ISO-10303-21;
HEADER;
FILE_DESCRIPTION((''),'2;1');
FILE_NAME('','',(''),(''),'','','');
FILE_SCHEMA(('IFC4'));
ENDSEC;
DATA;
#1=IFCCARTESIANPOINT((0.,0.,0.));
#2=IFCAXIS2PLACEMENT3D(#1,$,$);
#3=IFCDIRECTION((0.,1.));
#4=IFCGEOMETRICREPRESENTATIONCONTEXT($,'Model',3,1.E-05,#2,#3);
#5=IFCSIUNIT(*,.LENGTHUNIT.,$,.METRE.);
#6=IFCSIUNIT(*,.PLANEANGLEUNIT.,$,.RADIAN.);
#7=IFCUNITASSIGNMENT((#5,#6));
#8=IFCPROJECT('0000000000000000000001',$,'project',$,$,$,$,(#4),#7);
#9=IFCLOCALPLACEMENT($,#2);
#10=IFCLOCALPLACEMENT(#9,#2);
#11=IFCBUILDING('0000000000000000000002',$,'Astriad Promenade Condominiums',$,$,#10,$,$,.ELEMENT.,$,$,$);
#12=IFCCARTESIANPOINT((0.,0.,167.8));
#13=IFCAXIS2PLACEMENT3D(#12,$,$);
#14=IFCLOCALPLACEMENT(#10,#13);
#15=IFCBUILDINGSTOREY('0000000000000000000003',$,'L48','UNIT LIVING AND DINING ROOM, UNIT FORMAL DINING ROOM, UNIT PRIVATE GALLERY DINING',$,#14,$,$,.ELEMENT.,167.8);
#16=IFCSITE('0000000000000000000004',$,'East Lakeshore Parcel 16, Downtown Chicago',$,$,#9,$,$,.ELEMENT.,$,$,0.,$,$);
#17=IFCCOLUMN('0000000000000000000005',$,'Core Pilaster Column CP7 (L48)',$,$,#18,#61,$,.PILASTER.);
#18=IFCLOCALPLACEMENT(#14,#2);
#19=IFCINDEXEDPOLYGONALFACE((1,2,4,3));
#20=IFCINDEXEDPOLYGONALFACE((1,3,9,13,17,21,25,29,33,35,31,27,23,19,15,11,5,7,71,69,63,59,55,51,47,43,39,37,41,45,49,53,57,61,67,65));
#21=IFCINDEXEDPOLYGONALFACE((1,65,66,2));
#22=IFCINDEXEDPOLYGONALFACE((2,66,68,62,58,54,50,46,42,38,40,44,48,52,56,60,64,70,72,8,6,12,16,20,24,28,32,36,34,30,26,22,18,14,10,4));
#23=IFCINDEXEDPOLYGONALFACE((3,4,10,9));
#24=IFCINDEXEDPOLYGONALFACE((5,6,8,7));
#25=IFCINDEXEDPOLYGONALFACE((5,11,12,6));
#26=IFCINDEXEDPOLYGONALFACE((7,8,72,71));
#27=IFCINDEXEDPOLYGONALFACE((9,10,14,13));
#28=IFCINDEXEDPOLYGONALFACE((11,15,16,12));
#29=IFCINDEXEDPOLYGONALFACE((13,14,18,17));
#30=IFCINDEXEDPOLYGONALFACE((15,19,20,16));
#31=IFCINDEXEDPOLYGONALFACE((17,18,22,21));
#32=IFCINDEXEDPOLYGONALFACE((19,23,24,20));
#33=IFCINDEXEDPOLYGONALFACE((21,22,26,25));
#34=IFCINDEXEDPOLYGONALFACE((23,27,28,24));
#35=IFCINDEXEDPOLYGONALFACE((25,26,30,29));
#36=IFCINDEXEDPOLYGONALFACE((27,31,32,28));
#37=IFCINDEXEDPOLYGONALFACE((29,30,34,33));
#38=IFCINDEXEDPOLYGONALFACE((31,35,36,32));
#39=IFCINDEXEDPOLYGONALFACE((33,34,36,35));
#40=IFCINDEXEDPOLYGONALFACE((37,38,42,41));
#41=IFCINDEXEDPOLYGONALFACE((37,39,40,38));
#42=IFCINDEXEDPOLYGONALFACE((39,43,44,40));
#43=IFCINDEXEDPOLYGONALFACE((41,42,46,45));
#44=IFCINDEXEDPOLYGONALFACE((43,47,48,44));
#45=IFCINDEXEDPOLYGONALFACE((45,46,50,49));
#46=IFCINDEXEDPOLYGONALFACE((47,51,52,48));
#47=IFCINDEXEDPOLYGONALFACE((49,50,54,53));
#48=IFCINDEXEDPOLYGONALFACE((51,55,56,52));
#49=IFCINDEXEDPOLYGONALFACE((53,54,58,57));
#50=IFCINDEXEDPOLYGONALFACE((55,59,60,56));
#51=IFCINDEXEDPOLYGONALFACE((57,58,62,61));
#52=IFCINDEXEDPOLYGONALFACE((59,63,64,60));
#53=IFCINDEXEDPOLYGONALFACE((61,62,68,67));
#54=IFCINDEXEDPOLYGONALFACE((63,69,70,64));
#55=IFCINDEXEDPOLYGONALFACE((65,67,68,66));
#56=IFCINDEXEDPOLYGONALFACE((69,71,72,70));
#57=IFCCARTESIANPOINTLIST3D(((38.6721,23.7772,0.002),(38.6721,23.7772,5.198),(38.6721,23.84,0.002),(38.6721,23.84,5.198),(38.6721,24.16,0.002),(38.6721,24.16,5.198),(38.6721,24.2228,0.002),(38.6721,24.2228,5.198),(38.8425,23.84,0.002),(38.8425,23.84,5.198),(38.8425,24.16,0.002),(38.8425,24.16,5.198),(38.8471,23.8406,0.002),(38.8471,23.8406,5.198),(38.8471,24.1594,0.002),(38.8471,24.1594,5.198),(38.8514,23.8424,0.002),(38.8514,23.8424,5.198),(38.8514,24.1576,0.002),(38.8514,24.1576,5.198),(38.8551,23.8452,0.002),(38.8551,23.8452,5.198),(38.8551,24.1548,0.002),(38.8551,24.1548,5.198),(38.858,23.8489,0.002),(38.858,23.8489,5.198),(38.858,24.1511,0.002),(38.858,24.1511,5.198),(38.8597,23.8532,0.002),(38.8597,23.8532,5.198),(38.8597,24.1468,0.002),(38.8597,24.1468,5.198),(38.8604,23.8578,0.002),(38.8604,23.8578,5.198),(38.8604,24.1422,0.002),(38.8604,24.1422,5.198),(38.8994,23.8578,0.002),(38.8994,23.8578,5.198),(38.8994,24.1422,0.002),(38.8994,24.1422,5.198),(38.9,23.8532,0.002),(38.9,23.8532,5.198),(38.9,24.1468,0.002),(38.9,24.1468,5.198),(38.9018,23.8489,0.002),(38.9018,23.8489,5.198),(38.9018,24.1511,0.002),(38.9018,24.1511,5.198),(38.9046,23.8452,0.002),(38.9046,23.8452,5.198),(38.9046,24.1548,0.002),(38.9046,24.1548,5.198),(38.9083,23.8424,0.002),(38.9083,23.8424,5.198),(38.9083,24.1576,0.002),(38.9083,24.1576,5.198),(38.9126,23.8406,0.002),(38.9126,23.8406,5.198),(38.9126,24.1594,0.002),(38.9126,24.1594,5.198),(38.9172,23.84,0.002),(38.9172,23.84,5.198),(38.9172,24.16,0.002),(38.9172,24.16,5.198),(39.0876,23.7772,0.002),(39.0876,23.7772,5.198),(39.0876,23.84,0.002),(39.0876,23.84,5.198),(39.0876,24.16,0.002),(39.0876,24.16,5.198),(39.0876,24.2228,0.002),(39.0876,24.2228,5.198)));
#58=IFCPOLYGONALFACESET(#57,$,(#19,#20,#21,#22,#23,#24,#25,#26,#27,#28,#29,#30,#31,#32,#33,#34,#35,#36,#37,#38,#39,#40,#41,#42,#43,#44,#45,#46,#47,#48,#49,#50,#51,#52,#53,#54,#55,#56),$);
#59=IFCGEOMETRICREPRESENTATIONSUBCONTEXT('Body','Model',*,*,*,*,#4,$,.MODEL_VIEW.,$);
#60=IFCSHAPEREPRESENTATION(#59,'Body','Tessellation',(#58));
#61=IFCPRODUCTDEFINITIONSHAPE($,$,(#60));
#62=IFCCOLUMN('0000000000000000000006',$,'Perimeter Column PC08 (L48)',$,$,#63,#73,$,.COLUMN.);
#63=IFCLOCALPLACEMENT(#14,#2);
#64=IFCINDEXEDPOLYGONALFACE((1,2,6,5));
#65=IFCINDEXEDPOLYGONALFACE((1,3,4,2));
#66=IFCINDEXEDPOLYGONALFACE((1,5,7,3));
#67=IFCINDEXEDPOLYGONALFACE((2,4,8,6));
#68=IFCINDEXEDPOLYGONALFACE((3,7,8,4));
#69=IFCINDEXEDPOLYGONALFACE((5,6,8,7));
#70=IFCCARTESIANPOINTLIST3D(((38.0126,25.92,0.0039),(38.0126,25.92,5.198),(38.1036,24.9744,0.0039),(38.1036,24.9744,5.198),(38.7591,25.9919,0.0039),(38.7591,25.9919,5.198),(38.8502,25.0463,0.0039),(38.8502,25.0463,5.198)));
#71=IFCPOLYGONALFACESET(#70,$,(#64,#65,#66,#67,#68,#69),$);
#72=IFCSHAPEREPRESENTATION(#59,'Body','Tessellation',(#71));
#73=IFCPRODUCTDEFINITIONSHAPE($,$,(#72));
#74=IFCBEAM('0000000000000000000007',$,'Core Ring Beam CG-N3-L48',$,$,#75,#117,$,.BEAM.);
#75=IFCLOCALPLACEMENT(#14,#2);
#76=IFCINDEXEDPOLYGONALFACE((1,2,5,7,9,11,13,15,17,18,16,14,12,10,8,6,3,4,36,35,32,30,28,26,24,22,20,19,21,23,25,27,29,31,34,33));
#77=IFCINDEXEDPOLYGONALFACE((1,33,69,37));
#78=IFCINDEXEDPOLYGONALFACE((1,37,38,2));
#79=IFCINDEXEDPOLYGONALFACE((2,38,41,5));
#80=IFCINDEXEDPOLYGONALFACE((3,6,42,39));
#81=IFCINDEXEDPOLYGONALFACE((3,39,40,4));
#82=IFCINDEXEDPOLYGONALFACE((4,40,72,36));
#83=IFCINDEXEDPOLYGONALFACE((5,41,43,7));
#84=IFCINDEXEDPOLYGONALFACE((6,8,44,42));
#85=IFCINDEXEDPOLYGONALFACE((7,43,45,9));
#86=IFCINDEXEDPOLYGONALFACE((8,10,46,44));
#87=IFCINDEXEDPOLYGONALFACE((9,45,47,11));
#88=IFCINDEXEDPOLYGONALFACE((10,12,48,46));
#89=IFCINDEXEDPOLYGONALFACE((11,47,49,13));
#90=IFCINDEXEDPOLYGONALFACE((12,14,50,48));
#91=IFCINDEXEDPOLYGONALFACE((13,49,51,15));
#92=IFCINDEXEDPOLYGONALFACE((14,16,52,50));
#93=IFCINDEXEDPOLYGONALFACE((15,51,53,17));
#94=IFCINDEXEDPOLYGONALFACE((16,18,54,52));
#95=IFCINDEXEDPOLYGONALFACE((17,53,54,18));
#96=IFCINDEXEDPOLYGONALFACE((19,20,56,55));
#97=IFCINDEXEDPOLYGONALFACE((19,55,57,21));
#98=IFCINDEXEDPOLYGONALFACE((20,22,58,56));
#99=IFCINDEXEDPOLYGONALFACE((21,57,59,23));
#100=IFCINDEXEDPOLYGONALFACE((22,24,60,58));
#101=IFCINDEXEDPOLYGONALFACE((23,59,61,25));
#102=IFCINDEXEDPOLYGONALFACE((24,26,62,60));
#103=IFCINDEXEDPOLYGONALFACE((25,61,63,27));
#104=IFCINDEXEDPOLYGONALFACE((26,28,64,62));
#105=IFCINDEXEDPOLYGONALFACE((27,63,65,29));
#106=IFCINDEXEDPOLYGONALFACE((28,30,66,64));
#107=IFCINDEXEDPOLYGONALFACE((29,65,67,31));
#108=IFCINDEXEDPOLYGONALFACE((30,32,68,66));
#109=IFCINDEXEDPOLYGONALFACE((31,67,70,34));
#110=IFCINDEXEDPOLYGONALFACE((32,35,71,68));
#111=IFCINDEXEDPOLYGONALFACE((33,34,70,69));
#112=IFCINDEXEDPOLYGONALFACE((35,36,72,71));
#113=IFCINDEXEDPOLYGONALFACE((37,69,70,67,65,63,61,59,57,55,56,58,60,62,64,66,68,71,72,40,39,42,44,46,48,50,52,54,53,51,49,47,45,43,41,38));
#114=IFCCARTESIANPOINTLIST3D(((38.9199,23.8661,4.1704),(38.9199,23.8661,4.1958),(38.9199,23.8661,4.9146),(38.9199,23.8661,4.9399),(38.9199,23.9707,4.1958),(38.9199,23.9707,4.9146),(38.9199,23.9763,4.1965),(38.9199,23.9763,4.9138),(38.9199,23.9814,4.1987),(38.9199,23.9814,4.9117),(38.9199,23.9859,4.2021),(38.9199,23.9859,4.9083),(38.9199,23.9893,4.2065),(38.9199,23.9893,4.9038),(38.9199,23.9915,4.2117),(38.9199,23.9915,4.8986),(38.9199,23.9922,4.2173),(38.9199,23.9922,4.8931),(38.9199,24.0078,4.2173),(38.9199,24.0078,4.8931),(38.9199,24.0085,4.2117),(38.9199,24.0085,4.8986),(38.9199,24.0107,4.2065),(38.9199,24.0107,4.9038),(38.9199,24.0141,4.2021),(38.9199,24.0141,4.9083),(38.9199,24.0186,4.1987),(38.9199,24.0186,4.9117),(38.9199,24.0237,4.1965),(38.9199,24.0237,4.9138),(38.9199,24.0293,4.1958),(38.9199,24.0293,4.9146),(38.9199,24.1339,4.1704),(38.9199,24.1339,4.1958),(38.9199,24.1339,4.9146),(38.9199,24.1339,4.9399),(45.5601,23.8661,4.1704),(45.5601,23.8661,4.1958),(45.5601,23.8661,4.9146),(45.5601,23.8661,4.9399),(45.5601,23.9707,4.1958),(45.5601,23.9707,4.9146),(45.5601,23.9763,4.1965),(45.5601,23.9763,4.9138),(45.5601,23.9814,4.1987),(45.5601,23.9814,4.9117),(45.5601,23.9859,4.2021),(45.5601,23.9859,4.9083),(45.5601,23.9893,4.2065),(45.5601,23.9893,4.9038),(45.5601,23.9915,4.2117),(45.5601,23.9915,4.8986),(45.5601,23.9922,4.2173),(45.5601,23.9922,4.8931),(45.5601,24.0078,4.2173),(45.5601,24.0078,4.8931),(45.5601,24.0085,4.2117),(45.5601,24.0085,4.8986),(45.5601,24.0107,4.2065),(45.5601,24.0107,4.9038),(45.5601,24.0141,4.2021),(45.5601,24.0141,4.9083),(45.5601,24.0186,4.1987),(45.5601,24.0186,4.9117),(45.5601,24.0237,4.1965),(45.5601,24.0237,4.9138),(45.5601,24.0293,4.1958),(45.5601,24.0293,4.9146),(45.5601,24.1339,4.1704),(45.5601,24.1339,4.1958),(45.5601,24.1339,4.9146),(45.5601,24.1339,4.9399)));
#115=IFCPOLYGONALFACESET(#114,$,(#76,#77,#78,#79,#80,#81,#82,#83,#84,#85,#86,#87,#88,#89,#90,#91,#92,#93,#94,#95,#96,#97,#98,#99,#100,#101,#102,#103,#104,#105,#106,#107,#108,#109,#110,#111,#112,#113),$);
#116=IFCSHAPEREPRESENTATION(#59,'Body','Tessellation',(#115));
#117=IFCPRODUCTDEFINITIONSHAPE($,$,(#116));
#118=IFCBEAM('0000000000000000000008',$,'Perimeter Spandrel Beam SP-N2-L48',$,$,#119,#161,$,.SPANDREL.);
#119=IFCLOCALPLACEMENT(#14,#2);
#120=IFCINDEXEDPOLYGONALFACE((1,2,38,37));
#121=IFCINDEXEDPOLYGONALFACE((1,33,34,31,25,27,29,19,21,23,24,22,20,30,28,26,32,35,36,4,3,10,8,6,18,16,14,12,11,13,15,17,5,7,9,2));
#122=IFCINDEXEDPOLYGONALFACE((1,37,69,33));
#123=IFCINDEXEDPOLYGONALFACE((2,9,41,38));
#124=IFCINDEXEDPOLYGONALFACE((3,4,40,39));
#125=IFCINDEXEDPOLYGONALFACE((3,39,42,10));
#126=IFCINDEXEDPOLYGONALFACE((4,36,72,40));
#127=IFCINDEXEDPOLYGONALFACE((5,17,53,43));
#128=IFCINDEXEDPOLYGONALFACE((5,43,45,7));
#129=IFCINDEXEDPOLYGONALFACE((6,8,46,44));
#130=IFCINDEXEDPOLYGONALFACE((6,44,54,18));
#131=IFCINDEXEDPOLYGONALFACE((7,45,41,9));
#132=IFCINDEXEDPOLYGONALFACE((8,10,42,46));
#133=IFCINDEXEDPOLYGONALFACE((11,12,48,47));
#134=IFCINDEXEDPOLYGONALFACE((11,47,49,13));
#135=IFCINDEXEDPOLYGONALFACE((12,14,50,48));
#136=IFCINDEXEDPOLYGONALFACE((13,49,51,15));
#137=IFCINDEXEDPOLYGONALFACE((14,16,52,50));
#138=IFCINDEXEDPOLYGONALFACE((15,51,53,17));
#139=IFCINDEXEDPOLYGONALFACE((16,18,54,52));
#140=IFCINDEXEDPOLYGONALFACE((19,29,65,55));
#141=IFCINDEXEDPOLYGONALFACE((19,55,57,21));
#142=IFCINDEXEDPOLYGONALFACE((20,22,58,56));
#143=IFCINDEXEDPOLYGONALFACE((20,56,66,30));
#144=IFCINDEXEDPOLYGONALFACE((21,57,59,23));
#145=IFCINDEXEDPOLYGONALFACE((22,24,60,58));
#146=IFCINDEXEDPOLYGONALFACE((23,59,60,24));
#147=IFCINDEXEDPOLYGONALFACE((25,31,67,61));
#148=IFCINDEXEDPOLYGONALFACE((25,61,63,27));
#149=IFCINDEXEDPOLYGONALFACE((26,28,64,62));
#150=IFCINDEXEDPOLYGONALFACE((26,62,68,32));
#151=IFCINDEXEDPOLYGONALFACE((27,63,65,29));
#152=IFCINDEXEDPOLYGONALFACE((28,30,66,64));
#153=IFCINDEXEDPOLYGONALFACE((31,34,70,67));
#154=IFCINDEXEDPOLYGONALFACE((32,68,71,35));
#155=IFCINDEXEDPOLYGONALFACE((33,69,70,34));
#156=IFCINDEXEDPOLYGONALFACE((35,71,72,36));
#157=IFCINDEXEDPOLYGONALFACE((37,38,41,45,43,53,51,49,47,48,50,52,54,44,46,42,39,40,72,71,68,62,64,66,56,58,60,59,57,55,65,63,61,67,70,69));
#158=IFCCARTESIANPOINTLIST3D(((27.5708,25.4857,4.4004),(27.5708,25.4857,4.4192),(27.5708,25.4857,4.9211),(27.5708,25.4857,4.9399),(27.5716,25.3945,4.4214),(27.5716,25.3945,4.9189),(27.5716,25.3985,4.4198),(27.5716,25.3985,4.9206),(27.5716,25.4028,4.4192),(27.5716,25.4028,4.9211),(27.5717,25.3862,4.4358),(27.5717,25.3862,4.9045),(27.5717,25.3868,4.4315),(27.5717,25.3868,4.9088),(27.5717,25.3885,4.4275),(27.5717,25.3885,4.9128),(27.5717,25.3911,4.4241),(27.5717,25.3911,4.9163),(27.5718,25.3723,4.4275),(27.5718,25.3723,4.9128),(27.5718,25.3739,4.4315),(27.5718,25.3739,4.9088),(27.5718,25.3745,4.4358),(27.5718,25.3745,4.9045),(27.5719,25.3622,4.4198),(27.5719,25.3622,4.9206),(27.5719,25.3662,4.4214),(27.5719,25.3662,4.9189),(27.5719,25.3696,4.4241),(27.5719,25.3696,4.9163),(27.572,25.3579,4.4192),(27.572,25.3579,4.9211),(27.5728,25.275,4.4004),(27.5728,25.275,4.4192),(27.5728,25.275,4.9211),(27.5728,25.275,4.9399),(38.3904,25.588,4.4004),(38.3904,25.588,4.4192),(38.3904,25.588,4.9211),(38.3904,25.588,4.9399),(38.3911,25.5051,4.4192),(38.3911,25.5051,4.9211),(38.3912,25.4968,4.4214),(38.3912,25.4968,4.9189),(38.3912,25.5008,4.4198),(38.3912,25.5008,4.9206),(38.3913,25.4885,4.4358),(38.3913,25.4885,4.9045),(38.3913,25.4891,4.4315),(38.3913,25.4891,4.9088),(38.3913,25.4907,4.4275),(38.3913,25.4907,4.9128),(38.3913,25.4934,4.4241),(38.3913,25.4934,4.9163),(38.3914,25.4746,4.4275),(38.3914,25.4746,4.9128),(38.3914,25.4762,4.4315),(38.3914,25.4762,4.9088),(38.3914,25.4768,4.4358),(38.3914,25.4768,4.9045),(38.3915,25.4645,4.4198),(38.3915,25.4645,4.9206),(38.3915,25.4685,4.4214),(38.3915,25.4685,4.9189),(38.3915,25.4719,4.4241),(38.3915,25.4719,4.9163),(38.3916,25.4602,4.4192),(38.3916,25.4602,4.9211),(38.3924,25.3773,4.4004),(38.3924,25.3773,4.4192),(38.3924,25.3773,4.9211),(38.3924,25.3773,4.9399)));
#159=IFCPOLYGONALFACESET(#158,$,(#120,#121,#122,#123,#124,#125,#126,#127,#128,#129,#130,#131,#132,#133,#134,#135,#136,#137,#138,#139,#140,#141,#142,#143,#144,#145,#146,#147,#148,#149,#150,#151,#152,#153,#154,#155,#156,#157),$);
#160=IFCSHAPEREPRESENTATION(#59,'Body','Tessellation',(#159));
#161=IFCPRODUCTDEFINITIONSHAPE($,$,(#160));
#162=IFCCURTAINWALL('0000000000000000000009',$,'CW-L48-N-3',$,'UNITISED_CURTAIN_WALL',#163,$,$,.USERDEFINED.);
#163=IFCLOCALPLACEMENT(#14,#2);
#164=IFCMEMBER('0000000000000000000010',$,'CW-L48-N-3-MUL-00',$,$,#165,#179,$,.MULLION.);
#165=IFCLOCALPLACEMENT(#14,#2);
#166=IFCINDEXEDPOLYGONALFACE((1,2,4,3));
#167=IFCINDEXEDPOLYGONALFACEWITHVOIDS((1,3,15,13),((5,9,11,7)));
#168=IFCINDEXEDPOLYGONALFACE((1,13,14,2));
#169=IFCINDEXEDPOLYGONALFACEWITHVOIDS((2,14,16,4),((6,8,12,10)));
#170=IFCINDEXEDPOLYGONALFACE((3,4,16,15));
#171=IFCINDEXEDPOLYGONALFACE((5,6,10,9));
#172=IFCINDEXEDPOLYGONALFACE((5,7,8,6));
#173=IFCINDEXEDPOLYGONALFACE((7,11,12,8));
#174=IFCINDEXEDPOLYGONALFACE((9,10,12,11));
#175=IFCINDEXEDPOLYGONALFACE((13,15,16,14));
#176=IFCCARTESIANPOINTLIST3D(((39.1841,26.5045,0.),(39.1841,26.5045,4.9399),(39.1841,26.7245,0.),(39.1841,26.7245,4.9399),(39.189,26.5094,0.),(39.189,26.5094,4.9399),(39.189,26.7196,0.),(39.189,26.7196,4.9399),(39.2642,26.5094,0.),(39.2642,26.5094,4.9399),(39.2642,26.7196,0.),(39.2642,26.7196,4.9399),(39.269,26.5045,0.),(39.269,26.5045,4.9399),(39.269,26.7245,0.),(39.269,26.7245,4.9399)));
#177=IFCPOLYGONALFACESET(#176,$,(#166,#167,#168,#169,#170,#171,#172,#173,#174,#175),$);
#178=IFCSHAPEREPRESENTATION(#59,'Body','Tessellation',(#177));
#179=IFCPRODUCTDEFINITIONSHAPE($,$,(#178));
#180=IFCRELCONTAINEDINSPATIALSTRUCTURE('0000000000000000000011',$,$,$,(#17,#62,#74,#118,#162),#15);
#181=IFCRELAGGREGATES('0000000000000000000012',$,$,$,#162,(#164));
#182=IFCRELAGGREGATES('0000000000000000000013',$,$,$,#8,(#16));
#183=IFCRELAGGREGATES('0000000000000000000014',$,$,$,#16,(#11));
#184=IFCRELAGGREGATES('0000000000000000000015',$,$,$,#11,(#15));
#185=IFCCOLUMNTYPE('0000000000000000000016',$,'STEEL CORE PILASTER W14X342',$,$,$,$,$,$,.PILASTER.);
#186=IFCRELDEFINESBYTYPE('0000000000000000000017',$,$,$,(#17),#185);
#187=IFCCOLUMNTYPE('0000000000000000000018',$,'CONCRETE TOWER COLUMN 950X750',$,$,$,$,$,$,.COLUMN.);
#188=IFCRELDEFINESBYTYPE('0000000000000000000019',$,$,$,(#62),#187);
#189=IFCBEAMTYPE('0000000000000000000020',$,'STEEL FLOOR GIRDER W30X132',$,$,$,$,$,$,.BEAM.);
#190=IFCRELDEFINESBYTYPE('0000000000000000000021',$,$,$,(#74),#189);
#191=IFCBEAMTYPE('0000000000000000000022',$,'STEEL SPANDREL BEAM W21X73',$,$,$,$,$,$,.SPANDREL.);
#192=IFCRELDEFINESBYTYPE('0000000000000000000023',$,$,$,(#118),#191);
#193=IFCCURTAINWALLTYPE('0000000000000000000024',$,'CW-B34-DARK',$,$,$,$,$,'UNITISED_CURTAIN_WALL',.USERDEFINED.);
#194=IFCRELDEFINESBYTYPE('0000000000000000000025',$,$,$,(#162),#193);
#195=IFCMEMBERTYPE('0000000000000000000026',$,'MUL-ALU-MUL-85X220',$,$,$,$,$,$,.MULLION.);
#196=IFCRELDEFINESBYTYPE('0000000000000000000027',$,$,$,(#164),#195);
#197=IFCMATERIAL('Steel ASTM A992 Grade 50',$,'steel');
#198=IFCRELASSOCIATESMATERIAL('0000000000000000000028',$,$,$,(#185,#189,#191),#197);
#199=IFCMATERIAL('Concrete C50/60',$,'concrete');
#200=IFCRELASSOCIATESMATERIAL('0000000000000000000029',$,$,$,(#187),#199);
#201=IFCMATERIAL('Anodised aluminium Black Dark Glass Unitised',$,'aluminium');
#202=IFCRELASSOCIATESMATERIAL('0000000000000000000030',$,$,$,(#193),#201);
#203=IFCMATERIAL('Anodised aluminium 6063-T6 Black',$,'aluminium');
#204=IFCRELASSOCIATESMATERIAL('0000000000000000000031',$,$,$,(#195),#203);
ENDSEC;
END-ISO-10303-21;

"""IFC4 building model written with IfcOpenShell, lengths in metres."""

from ifc_helpers import new_model, si_unit, direction, frame, origin, origin_2d, place, context, subcontext, project, spatial, rectangle, hollow_rectangle, i_section, extrude, source, transform, mapped, material, material_profile, profile_set, type_object, type_shapes, element, aggregate, save


model = new_model("IFC4")

# Units and contexts
model_context = context("Model", 3, precision=1e-05, world=origin(), true_north=direction((0.0, 1.0)))
body_context = subcontext(model_context, "Body", "Model", "MODEL_VIEW")
ifc_project = project(units=[si_unit("LENGTHUNIT", "METRE"), si_unit("PLANEANGLEUNIT", "RADIAN")], contexts=[model_context])

# Site, building, storey
site_placement = place(None, origin())
site = spatial("IfcSite", under=ifc_project, at=site_placement, Name="East Lakeshore Parcel 16, Downtown Chicago", CompositionType="ELEMENT", RefElevation=0.0)
building_placement = place(site_placement, origin())
building = spatial("IfcBuilding", under=site, at=building_placement, Name="Astriad Promenade Condominiums", CompositionType="ELEMENT")
storey_placement = place(building_placement, frame((0.0, 0.0, 167.8)))
storey = spatial("IfcBuildingStorey", under=building, at=storey_placement, Name="L48", Description="UNIT LIVING AND DINING ROOM, UNIT FORMAL DINING ROOM, UNIT PRIVATE GALLERY DINING", CompositionType="ELEMENT", Elevation=167.8)

# Columns
ifc_material_1 = material(Name="Steel ASTM A992 Grade 50", Category="steel")
ifc_material_profile_1 = material_profile(ifc_material_1, i_section(OverallWidth=0.4155, OverallDepth=0.4456, WebThickness=0.0391, FlangeThickness=0.0627, FilletRadius=0.0178, at=origin_2d()), Name="W14X342")
ifc_profile_set_1 = profile_set([ifc_material_profile_1], Name="Steel ASTM A992 Grade 50")
column_type_1 = type_object("IfcColumnType", Name="STEEL CORE PILASTER W14X342", PredefinedType="PILASTER", material=ifc_profile_set_1)
shared_shape_1 = source(origin(), body_context, "Body", "SweptSolid", [
    extrude(i_section(OverallWidth=0.4155, OverallDepth=0.4456, WebThickness=0.0391, FlangeThickness=0.0627, FilletRadius=0.0178, at=origin_2d()), origin(), (0.0, 0.0, 1.0), 5.196),
])
type_shapes(column_type_1, [shared_shape_1])
column_1_placement = place(storey_placement, frame((38.8799, 24.0, 0.002), z_axis=(0.0, 0.0, 1.0), x_axis=(1.0, 0.0, 0.0)))
element("IfcColumn", 1, at=column_1_placement, inside=storey, type_object=column_type_1, Name="Core Pilaster Column CP7 (L48)", PredefinedType="PILASTER", context=body_context, shape_type="MappedRepresentation", body=[
    mapped(shared_shape_1, transform((0.0, 0.0, 0.0), scale=1.0)),
])
ifc_material_2 = material(Name="Concrete C50/60", Category="concrete")
ifc_material_profile_2 = material_profile(ifc_material_2, rectangle(XDim=0.75, YDim=0.95, at=origin_2d()), Name="RC-COL-950X750")
ifc_profile_set_2 = profile_set([ifc_material_profile_2], Name="Concrete C50/60")
column_type_2 = type_object("IfcColumnType", Name="CONCRETE TOWER COLUMN 950X750", PredefinedType="COLUMN", material=ifc_profile_set_2)
shared_shape_2 = source(origin(), body_context, "Body", "SweptSolid", [
    extrude(rectangle(XDim=0.75, YDim=0.95, at=origin_2d()), origin(), (0.0, 0.0, 1.0), 5.1941),
])
type_shapes(column_type_2, [shared_shape_2])
column_2_placement = place(storey_placement, frame((38.4314, 25.4832, 0.0039), z_axis=(0.0, 0.0, 1.0), x_axis=(0.995396, 0.095846, 0.0)))
element("IfcColumn", 2, at=column_2_placement, inside=storey, type_object=column_type_2, Name="Perimeter Column PC08 (L48)", PredefinedType="COLUMN", context=body_context, shape_type="MappedRepresentation", body=[
    mapped(shared_shape_2, transform((0.0, 0.0, 0.0), scale=1.0)),
])

# Beams
ifc_material_profile_3 = material_profile(ifc_material_1, i_section(OverallWidth=0.2678, OverallDepth=0.7695, WebThickness=0.0156, FlangeThickness=0.0254, FilletRadius=0.0215, at=origin_2d()), Name="W30X132")
ifc_profile_set_3 = profile_set([ifc_material_profile_3], Name="Steel ASTM A992 Grade 50")
beam_type_1 = type_object("IfcBeamType", Name="STEEL FLOOR GIRDER W30X132", PredefinedType="BEAM", material=ifc_profile_set_3)
shared_shape_3 = source(origin(), body_context, "Body", "SweptSolid", [
    extrude(i_section(OverallWidth=0.2678, OverallDepth=0.7695, WebThickness=0.0156, FlangeThickness=0.0254, FilletRadius=0.0215, at=origin_2d()), origin(), (0.0, 0.0, 1.0), 6.6401),
])
type_shapes(beam_type_1, [shared_shape_3])
beam_1_placement = place(storey_placement, frame((38.9199, 24.0, 4.5552), z_axis=(1.0, 0.0, 0.0), x_axis=(0.0, 1.0, 0.0)))
element("IfcBeam", 3, at=beam_1_placement, inside=storey, type_object=beam_type_1, Name="Core Ring Beam CG-N3-L48", PredefinedType="BEAM", context=body_context, shape_type="MappedRepresentation", body=[
    mapped(shared_shape_3, transform((0.0, 0.0, 0.0), scale=1.0)),
])
ifc_material_profile_4 = material_profile(ifc_material_1, i_section(OverallWidth=0.2107, OverallDepth=0.5396, WebThickness=0.0117, FlangeThickness=0.0188, FilletRadius=0.0166, at=origin_2d()), Name="W21X73")
ifc_profile_set_4 = profile_set([ifc_material_profile_4], Name="Steel ASTM A992 Grade 50")
beam_type_2 = type_object("IfcBeamType", Name="STEEL SPANDREL BEAM W21X73", PredefinedType="SPANDREL", material=ifc_profile_set_4)
shared_shape_4 = source(origin(), body_context, "Body", "SweptSolid", [
    extrude(i_section(OverallWidth=0.2107, OverallDepth=0.5396, WebThickness=0.0117, FlangeThickness=0.0188, FilletRadius=0.0166, at=origin_2d()), origin(), (0.0, 0.0, 1.0), 10.8201),
])
type_shapes(beam_type_2, [shared_shape_4])
beam_2_placement = place(storey_placement, frame((38.3914, 25.4827, 4.6702), z_axis=(-0.999955, -0.009454, 0.0), x_axis=(0.009454, -0.999955, 0.0)))
element("IfcBeam", 4, at=beam_2_placement, inside=storey, type_object=beam_type_2, Name="Perimeter Spandrel Beam SP-N2-L48", PredefinedType="SPANDREL", context=body_context, shape_type="MappedRepresentation", body=[
    mapped(shared_shape_4, transform((0.0, 0.0, 0.0), scale=1.0)),
])

# Curtain wall, member
ifc_material_3 = material(Name="Anodised aluminium Black Dark Glass Unitised", Category="aluminium")
curtain_wall_type = type_object("IfcCurtainWallType", Name="CW-B34-DARK", ElementType="UNITISED_CURTAIN_WALL", PredefinedType="USERDEFINED", material=ifc_material_3)
curtain_wall_placement = place(storey_placement, origin())
curtain_wall = element("IfcCurtainWall", 5, at=curtain_wall_placement, inside=storey, type_object=curtain_wall_type, Name="CW-L48-N-3", ObjectType="UNITISED_CURTAIN_WALL", PredefinedType="USERDEFINED")
ifc_material_4 = material(Name="Anodised aluminium 6063-T6 Black", Category="aluminium")
ifc_material_profile_5 = material_profile(ifc_material_4, hollow_rectangle(XDim=0.085, YDim=0.22, WallThickness=0.0049, at=origin_2d()), Name="ALU-MUL-85X220")
ifc_profile_set_5 = profile_set([ifc_material_profile_5], Name="Anodised aluminium 6063-T6 Black")
member_type_1 = type_object("IfcMemberType", Name="MUL-ALU-MUL-85X220", PredefinedType="MULLION", material=ifc_profile_set_5)
shared_shape_5 = source(origin(), body_context, "Body", "SweptSolid", [
    extrude(hollow_rectangle(XDim=0.085, YDim=0.22, WallThickness=0.0049, at=origin_2d()), origin(), (0.0, 0.0, 1.0), 4.9399),
])
type_shapes(member_type_1, [shared_shape_5])
member_1_placement = place(storey_placement, frame((39.2266, 26.6145, 0.0), z_axis=(0.0, 0.0, 1.0), x_axis=(1.0, 0.0, 0.0)))
member_1 = element("IfcMember", 6, at=member_1_placement, type_object=member_type_1, Name="CW-L48-N-3-MUL-00", PredefinedType="MULLION", context=body_context, shape_type="MappedRepresentation", body=[
    mapped(shared_shape_5, transform((0.0, 0.0, 0.0), scale=1.0)),
])
aggregate(curtain_wall, [member_1])

save(model, "model.ifc")
